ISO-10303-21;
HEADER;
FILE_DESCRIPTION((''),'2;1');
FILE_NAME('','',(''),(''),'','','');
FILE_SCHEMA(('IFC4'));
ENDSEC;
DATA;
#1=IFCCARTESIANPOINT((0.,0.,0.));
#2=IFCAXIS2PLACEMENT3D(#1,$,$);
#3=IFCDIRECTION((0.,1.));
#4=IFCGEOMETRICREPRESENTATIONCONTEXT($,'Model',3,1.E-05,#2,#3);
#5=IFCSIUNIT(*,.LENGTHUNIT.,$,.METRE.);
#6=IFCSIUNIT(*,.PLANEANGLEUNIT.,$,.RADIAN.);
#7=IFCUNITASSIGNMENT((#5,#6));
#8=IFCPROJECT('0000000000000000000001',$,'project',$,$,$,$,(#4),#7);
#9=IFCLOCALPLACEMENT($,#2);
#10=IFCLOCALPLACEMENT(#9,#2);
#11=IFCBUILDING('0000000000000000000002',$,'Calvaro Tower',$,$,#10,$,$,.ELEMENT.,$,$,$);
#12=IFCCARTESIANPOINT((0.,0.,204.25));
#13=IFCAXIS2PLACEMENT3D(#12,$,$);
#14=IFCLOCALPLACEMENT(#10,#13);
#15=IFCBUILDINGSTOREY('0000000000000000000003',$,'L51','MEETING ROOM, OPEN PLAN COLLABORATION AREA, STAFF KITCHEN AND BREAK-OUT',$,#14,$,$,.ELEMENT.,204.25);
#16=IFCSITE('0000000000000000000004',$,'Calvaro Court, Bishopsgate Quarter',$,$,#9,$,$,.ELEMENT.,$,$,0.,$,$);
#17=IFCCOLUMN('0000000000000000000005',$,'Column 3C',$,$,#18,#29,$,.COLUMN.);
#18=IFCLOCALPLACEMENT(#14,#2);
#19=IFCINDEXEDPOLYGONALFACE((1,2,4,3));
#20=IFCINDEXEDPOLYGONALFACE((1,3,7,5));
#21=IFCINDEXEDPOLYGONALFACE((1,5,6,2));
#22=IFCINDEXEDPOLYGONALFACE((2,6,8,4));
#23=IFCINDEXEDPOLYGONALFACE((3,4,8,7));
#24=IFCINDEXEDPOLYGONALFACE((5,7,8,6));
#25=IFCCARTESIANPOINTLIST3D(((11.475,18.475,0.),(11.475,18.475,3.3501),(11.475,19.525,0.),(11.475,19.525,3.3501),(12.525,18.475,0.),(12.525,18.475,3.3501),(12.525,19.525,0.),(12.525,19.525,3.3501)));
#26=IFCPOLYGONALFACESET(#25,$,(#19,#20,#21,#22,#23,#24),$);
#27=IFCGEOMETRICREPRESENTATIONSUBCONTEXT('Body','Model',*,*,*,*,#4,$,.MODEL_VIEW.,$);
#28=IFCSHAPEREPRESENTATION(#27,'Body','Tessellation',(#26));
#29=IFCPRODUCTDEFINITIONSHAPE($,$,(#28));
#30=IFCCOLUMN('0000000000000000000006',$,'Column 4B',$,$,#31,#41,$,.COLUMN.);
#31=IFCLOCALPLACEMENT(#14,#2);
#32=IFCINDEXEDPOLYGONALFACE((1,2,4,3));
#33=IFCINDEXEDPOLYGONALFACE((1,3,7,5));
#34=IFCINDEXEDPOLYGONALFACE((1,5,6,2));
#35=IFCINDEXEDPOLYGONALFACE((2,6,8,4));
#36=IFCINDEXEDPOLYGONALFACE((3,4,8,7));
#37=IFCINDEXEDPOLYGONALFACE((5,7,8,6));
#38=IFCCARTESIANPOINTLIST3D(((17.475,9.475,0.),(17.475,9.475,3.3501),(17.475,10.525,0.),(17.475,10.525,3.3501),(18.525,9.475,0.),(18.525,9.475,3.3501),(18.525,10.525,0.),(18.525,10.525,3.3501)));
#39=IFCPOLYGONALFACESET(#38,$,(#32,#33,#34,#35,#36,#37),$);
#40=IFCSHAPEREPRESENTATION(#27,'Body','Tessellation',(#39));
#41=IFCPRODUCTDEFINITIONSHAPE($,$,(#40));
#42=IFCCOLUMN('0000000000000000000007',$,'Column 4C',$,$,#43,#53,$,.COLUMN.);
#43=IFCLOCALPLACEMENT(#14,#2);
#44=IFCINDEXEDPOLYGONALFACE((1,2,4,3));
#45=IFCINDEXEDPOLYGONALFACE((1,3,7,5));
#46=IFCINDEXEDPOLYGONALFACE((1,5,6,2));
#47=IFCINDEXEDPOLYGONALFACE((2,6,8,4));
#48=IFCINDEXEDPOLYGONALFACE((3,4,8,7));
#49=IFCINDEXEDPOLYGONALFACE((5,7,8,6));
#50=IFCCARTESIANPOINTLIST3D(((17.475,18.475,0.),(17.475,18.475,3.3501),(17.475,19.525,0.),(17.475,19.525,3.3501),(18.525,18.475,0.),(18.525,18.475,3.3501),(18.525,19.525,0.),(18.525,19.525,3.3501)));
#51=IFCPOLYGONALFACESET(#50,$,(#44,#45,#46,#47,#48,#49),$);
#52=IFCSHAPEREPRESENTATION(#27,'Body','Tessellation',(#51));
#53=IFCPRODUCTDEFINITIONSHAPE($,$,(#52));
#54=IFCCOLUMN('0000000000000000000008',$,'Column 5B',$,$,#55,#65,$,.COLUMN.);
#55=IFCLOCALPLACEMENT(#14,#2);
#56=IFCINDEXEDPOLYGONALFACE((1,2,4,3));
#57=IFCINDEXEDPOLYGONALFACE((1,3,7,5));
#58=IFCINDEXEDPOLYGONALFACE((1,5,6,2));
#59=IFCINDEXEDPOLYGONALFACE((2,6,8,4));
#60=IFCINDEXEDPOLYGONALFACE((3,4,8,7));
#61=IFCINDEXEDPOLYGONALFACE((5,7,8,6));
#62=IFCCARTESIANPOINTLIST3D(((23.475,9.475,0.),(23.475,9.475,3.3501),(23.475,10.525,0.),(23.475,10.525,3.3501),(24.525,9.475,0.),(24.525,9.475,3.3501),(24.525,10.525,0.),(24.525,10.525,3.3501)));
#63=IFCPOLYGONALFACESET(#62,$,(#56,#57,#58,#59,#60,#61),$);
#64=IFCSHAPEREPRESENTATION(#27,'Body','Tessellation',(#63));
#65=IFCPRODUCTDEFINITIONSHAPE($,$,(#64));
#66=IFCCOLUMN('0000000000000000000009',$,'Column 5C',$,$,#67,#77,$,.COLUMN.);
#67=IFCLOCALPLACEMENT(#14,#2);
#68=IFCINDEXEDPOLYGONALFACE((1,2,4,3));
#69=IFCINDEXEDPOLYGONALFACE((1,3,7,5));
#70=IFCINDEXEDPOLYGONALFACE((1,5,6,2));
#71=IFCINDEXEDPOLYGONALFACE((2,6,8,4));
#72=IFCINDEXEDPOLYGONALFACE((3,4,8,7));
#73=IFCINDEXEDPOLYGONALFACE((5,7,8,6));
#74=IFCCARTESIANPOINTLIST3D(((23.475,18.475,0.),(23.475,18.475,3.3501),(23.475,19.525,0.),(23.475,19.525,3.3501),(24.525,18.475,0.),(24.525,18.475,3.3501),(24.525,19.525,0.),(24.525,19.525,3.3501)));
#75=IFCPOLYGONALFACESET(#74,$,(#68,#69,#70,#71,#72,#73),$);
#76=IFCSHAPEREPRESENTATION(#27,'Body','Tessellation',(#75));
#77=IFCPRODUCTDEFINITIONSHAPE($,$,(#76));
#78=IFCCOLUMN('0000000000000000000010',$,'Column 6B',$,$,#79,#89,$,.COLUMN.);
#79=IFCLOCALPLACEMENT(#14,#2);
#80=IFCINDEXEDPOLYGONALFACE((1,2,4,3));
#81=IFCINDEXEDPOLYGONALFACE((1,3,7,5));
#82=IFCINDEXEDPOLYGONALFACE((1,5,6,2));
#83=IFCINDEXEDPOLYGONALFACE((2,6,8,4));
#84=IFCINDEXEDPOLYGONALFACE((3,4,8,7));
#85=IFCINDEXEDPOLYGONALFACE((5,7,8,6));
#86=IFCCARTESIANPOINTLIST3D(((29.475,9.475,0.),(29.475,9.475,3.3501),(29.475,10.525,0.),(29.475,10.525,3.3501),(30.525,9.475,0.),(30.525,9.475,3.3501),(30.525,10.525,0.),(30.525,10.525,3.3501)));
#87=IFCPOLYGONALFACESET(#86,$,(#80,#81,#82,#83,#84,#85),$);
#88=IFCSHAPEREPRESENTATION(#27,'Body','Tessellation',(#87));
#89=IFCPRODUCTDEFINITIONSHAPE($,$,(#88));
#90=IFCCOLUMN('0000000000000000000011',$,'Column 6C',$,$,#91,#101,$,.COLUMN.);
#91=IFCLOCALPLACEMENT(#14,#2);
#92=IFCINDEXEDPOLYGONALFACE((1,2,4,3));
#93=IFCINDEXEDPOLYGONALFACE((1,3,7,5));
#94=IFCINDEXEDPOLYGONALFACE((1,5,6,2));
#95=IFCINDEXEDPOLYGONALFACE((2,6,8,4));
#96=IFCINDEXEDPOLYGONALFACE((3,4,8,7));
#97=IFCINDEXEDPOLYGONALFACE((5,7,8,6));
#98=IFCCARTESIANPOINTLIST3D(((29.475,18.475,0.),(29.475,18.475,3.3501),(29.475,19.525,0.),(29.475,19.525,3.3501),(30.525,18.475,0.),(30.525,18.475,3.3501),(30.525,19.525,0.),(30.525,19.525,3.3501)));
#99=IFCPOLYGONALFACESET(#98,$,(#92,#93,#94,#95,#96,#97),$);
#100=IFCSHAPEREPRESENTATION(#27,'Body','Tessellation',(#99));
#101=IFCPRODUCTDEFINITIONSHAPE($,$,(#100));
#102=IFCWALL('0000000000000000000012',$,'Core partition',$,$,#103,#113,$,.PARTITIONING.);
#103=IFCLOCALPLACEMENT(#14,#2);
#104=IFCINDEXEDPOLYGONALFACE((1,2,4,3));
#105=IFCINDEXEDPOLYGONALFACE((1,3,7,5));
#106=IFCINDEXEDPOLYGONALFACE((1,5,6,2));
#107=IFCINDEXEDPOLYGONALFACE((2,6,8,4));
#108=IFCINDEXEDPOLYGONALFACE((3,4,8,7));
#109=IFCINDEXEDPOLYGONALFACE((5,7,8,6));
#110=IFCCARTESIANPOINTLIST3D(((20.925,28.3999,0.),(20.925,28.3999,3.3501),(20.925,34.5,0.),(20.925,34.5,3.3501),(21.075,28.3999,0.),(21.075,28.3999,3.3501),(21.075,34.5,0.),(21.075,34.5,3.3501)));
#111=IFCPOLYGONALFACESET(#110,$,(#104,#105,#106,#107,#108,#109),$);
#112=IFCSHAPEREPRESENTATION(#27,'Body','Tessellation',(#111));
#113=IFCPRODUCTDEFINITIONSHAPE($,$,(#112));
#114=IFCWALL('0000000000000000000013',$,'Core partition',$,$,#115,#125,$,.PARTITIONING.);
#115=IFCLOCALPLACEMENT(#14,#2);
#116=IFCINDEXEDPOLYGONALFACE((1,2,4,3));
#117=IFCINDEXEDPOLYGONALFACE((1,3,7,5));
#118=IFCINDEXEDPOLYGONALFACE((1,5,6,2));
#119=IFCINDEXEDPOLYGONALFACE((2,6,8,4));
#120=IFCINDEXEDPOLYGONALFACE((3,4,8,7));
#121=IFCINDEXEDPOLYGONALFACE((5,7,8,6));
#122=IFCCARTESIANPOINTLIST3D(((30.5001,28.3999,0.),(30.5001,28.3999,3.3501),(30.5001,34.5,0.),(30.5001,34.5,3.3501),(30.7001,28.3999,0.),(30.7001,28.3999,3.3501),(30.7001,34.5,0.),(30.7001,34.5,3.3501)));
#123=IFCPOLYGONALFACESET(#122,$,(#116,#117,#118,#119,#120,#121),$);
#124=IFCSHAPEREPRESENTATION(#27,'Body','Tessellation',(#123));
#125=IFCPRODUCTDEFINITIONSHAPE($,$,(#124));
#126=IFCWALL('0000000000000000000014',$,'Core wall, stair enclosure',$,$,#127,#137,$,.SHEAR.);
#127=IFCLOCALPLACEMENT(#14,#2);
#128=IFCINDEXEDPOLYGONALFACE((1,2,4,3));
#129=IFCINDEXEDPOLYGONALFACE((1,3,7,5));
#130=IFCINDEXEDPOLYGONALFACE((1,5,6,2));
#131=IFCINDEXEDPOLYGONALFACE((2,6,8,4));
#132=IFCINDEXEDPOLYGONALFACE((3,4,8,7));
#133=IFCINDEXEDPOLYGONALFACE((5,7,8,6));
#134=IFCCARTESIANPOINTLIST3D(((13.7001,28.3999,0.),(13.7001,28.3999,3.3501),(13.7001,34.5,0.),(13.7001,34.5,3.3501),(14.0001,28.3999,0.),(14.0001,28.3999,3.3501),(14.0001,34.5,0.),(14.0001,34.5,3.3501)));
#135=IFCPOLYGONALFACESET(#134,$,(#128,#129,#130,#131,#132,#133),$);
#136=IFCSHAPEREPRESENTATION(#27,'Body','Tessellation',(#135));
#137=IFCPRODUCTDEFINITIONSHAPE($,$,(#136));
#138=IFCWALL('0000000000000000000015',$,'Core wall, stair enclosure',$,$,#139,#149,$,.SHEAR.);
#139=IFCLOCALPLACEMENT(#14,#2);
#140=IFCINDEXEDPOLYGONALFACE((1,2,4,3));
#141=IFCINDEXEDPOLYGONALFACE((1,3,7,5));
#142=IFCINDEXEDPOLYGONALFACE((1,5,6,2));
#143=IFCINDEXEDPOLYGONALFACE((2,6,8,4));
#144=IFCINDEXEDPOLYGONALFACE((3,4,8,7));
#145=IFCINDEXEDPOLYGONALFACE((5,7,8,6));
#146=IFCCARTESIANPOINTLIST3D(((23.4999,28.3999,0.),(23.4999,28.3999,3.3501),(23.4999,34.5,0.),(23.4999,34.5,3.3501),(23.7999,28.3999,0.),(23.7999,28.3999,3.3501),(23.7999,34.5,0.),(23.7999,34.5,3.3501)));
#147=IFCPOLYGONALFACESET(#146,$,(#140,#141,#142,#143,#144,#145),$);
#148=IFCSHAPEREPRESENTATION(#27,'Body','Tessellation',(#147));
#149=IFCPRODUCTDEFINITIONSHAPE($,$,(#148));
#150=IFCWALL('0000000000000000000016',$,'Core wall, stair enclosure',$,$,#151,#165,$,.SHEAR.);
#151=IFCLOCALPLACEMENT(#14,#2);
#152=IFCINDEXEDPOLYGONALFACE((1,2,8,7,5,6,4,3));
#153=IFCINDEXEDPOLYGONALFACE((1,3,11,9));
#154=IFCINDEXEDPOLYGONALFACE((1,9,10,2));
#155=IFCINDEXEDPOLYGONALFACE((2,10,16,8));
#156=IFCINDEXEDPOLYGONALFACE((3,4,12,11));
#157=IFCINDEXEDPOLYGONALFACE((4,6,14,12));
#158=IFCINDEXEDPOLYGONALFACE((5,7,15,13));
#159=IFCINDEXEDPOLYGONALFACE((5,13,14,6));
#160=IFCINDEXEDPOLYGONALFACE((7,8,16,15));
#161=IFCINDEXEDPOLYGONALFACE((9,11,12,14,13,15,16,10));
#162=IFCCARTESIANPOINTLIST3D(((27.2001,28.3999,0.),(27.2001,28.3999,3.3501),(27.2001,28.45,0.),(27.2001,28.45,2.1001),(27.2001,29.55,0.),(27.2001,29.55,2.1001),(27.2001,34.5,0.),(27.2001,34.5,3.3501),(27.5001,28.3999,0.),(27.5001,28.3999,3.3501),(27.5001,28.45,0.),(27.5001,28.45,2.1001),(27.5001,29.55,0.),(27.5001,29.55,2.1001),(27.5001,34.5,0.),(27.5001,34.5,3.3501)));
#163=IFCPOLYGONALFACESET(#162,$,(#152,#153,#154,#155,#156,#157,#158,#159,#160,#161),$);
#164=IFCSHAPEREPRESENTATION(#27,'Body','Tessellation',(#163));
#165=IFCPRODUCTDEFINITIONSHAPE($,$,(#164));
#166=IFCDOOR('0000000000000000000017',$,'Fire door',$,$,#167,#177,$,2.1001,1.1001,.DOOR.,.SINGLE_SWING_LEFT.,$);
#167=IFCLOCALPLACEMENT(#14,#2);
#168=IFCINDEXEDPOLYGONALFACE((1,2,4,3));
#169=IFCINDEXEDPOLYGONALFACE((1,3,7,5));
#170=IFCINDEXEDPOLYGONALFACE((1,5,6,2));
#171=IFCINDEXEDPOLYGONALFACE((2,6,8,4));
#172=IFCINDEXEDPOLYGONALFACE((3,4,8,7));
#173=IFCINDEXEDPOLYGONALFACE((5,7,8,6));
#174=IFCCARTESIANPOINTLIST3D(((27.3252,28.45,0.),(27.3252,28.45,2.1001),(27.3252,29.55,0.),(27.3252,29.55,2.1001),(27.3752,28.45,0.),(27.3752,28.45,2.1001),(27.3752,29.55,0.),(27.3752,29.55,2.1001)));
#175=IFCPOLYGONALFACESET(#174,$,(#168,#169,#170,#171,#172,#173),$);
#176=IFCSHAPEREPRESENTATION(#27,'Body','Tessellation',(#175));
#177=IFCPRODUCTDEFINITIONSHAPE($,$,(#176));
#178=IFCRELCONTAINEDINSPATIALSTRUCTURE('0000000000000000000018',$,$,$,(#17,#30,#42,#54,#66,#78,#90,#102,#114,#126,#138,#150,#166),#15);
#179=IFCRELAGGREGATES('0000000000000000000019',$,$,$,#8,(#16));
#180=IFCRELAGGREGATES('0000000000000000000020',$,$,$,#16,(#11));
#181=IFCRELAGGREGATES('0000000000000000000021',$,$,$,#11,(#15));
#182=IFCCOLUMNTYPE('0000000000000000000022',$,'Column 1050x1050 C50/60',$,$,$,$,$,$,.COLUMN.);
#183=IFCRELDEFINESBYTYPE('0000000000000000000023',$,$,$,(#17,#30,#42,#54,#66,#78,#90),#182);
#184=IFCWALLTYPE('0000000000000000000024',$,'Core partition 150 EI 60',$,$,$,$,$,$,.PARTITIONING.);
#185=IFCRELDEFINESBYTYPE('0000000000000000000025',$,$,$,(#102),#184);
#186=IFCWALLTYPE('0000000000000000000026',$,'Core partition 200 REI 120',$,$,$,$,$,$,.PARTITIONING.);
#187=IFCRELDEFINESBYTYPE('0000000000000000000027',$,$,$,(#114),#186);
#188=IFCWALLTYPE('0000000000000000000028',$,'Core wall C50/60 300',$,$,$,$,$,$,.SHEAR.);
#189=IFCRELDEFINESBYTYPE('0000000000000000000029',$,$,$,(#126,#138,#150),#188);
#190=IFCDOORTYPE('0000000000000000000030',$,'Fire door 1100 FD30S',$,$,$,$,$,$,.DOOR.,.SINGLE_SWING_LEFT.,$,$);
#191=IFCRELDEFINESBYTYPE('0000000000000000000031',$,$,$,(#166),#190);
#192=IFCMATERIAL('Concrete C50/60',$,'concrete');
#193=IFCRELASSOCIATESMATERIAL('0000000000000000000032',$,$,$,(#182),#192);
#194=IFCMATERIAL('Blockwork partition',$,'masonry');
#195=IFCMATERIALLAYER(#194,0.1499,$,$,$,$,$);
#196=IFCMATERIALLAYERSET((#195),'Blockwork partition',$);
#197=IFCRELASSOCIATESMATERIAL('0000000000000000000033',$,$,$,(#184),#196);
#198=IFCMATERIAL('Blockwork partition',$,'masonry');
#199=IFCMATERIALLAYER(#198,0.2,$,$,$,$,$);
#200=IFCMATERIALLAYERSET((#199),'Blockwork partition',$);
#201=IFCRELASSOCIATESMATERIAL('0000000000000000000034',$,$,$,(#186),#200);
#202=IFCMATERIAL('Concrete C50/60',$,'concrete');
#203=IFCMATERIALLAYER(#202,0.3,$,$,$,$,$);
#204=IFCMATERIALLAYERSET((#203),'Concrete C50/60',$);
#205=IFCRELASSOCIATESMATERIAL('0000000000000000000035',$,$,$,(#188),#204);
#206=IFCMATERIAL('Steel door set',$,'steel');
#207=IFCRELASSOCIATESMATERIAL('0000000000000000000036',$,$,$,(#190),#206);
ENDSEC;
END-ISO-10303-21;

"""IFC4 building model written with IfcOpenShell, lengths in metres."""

from ifc_helpers import new_model, si_unit, direction, frame, frame_2d, origin, origin_2d, place, context, subcontext, project, spatial, rectangle, extrude, material, layer, layer_set, material_profile, profile_set, type_object, element, fill, save


model = new_model("IFC4")

# Units and contexts
model_context = context("Model", 3, precision=1e-05, world=origin(), true_north=direction((0.0, 1.0)))
body_context = subcontext(model_context, "Body", "Model", "MODEL_VIEW")
ifc_project = project(units=[si_unit("LENGTHUNIT", "METRE"), si_unit("PLANEANGLEUNIT", "RADIAN")], contexts=[model_context])

# Site, building, storey
site_placement = place(None, origin())
site = spatial("IfcSite", under=ifc_project, at=site_placement, Name="Calvaro Court, Bishopsgate Quarter", CompositionType="ELEMENT", RefElevation=0.0)
building_placement = place(site_placement, origin())
building = spatial("IfcBuilding", under=site, at=building_placement, Name="Calvaro Tower", CompositionType="ELEMENT")
storey_placement = place(building_placement, frame((0.0, 0.0, 204.25)))
storey = spatial("IfcBuildingStorey", under=building, at=storey_placement, Name="L51", Description="MEETING ROOM, OPEN PLAN COLLABORATION AREA, STAFF KITCHEN AND BREAK-OUT", CompositionType="ELEMENT", Elevation=204.25)

# Columns
ifc_material_1 = material(Name="Concrete C50/60", Category="concrete")
ifc_material_profile = material_profile(ifc_material_1, rectangle(XDim=1.05, YDim=1.05, at=origin_2d()), Name="RC 1050x1050")
ifc_profile_set = profile_set([ifc_material_profile], Name="Concrete C50/60")
column_type = type_object("IfcColumnType", Name="Column 1050x1050 C50/60", PredefinedType="COLUMN", material=ifc_profile_set)
for number, where, z_axis, x_axis, name in (
    (1, (12.0, 19.0, 0.0), (0.0, 0.0, 1.0), (1.0, 0.0, 0.0), "Column 3C"),
    (2, (18.0, 10.0, 0.0), (0.0, 0.0, 1.0), (1.0, 0.0, 0.0), "Column 4B"),
    (3, (18.0, 19.0, 0.0), (0.0, 0.0, 1.0), (1.0, 0.0, 0.0), "Column 4C"),
    (4, (24.0, 10.0, 0.0), (0.0, 0.0, 1.0), (1.0, 0.0, 0.0), "Column 5B"),
    (5, (24.0, 19.0, 0.0), (0.0, 0.0, 1.0), (1.0, 0.0, 0.0), "Column 5C"),
    (6, (30.0, 10.0, 0.0), (0.0, 0.0, 1.0), (1.0, 0.0, 0.0), "Column 6B"),
    (7, (30.0, 19.0, 0.0), (0.0, 0.0, 1.0), (1.0, 0.0, 0.0), "Column 6C"),
):
    element("IfcColumn", number, at=place(storey_placement, frame(where, z_axis=z_axis, x_axis=x_axis)), inside=storey, type_object=column_type, Name=name, PredefinedType="COLUMN", context=body_context, shape_type="SweptSolid", body=[
        extrude(rectangle(XDim=1.05, YDim=1.05, at=origin_2d()), origin(), (0.0, 0.0, 1.0), 3.3501),
    ])

# Walls
ifc_material_2 = material(Name="Blockwork partition", Category="masonry")
ifc_layer_1 = layer(ifc_material_2, 0.1499)
ifc_layer_set_1 = layer_set([ifc_layer_1], Name="Blockwork partition")
wall_type_1 = type_object("IfcWallType", Name="Core partition 150 EI 60", PredefinedType="PARTITIONING", material=ifc_layer_set_1)
wall_1_placement = place(storey_placement, frame((21.0, 28.3999, 0.0), z_axis=(0.0, 0.0, 1.0), x_axis=(0.0, 1.0, 0.0)))
element("IfcWall", 8, at=wall_1_placement, inside=storey, type_object=wall_type_1, Name="Core partition", PredefinedType="PARTITIONING", context=body_context, shape_type="SweptSolid", body=[
    extrude(rectangle(XDim=6.1001, YDim=0.1499, at=frame_2d((3.05, 0.0))), origin(), (0.0, 0.0, 1.0), 3.3501),
])
ifc_material_3 = material(Name="Blockwork partition", Category="masonry")
ifc_layer_2 = layer(ifc_material_3, 0.2)
ifc_layer_set_2 = layer_set([ifc_layer_2], Name="Blockwork partition")
wall_type_2 = type_object("IfcWallType", Name="Core partition 200 REI 120", PredefinedType="PARTITIONING", material=ifc_layer_set_2)
wall_2_placement = place(storey_placement, frame((30.6001, 28.3999, 0.0), z_axis=(0.0, 0.0, 1.0), x_axis=(0.0, 1.0, 0.0)))
element("IfcWall", 9, at=wall_2_placement, inside=storey, type_object=wall_type_2, Name="Core partition", PredefinedType="PARTITIONING", context=body_context, shape_type="SweptSolid", body=[
    extrude(rectangle(XDim=6.1001, YDim=0.2, at=frame_2d((3.05, 0.0))), origin(), (0.0, 0.0, 1.0), 3.3501),
])
ifc_material_4 = material(Name="Concrete C50/60", Category="concrete")
ifc_layer_3 = layer(ifc_material_4, 0.3)
ifc_layer_set_3 = layer_set([ifc_layer_3], Name="Concrete C50/60")
wall_type_3 = type_object("IfcWallType", Name="Core wall C50/60 300", PredefinedType="SHEAR", material=ifc_layer_set_3)
for number, where, z_axis, x_axis, name in (
    (10, (13.8501, 28.3999, 0.0), (0.0, 0.0, 1.0), (0.0, 1.0, 0.0), "Core wall, stair enclosure"),
    (11, (23.6499, 28.3999, 0.0), (0.0, 0.0, 1.0), (0.0, 1.0, 0.0), "Core wall, stair enclosure"),
):
    element("IfcWall", number, at=place(storey_placement, frame(where, z_axis=z_axis, x_axis=x_axis)), inside=storey, type_object=wall_type_3, Name=name, PredefinedType="SHEAR", context=body_context, shape_type="SweptSolid", body=[
        extrude(rectangle(XDim=6.1001, YDim=0.3, at=frame_2d((3.05, 0.0))), origin(), (0.0, 0.0, 1.0), 3.3501),
    ])

# Wall, opening, door
wall_3_placement = place(storey_placement, frame((27.3501, 28.3999, 0.0), z_axis=(0.0, 0.0, 1.0), x_axis=(0.0, 1.0, 0.0)))
wall_3 = element("IfcWall", 12, at=wall_3_placement, inside=storey, type_object=wall_type_3, Name="Core wall, stair enclosure", PredefinedType="SHEAR", context=body_context, shape_type="SweptSolid", body=[
    extrude(rectangle(XDim=6.1001, YDim=0.3, at=frame_2d((3.05, 0.0))), origin(), (0.0, 0.0, 1.0), 3.3501),
])
opening_1_placement = place(wall_3_placement, frame((0.05, 0.0, 0.0)))
opening_1 = element("IfcOpeningElement", 13, at=opening_1_placement, cuts=wall_3, PredefinedType="OPENING", context=body_context, shape_type="SweptSolid", body=[
    extrude(rectangle(XDim=1.1001, YDim=2.1001, at=frame_2d((0.55, 1.05))), frame((0.0, 0.1599, 0.0), z_axis=(0.0, -1.0, 0.0), x_axis=(1.0, 0.0, 0.0)), (0.0, 0.0, 1.0), 0.3201),
])
ifc_material_5 = material(Name="Steel door set", Category="steel")
door_type_1 = type_object("IfcDoorType", Name="Fire door 1100 FD30S", OperationType="SINGLE_SWING_LEFT", PredefinedType="DOOR", material=ifc_material_5)
door_1_placement = place(opening_1_placement, origin())
door_1 = element("IfcDoor", 14, at=door_1_placement, inside=storey, type_object=door_type_1, Name="Fire door", OperationType="SINGLE_SWING_LEFT", OverallHeight=2.1001, OverallWidth=1.1001, PredefinedType="DOOR", context=body_context, shape_type="SweptSolid", body=[
    extrude(rectangle(XDim=1.1001, YDim=2.1001, at=frame_2d((0.55, 1.05))), frame((0.0, 0.0249, 0.0), z_axis=(0.0, -1.0, 0.0), x_axis=(1.0, 0.0, 0.0)), (0.0, 0.0, 1.0), 0.05),
])
fill(opening_1, door_1)

save(model, "model.ifc")
